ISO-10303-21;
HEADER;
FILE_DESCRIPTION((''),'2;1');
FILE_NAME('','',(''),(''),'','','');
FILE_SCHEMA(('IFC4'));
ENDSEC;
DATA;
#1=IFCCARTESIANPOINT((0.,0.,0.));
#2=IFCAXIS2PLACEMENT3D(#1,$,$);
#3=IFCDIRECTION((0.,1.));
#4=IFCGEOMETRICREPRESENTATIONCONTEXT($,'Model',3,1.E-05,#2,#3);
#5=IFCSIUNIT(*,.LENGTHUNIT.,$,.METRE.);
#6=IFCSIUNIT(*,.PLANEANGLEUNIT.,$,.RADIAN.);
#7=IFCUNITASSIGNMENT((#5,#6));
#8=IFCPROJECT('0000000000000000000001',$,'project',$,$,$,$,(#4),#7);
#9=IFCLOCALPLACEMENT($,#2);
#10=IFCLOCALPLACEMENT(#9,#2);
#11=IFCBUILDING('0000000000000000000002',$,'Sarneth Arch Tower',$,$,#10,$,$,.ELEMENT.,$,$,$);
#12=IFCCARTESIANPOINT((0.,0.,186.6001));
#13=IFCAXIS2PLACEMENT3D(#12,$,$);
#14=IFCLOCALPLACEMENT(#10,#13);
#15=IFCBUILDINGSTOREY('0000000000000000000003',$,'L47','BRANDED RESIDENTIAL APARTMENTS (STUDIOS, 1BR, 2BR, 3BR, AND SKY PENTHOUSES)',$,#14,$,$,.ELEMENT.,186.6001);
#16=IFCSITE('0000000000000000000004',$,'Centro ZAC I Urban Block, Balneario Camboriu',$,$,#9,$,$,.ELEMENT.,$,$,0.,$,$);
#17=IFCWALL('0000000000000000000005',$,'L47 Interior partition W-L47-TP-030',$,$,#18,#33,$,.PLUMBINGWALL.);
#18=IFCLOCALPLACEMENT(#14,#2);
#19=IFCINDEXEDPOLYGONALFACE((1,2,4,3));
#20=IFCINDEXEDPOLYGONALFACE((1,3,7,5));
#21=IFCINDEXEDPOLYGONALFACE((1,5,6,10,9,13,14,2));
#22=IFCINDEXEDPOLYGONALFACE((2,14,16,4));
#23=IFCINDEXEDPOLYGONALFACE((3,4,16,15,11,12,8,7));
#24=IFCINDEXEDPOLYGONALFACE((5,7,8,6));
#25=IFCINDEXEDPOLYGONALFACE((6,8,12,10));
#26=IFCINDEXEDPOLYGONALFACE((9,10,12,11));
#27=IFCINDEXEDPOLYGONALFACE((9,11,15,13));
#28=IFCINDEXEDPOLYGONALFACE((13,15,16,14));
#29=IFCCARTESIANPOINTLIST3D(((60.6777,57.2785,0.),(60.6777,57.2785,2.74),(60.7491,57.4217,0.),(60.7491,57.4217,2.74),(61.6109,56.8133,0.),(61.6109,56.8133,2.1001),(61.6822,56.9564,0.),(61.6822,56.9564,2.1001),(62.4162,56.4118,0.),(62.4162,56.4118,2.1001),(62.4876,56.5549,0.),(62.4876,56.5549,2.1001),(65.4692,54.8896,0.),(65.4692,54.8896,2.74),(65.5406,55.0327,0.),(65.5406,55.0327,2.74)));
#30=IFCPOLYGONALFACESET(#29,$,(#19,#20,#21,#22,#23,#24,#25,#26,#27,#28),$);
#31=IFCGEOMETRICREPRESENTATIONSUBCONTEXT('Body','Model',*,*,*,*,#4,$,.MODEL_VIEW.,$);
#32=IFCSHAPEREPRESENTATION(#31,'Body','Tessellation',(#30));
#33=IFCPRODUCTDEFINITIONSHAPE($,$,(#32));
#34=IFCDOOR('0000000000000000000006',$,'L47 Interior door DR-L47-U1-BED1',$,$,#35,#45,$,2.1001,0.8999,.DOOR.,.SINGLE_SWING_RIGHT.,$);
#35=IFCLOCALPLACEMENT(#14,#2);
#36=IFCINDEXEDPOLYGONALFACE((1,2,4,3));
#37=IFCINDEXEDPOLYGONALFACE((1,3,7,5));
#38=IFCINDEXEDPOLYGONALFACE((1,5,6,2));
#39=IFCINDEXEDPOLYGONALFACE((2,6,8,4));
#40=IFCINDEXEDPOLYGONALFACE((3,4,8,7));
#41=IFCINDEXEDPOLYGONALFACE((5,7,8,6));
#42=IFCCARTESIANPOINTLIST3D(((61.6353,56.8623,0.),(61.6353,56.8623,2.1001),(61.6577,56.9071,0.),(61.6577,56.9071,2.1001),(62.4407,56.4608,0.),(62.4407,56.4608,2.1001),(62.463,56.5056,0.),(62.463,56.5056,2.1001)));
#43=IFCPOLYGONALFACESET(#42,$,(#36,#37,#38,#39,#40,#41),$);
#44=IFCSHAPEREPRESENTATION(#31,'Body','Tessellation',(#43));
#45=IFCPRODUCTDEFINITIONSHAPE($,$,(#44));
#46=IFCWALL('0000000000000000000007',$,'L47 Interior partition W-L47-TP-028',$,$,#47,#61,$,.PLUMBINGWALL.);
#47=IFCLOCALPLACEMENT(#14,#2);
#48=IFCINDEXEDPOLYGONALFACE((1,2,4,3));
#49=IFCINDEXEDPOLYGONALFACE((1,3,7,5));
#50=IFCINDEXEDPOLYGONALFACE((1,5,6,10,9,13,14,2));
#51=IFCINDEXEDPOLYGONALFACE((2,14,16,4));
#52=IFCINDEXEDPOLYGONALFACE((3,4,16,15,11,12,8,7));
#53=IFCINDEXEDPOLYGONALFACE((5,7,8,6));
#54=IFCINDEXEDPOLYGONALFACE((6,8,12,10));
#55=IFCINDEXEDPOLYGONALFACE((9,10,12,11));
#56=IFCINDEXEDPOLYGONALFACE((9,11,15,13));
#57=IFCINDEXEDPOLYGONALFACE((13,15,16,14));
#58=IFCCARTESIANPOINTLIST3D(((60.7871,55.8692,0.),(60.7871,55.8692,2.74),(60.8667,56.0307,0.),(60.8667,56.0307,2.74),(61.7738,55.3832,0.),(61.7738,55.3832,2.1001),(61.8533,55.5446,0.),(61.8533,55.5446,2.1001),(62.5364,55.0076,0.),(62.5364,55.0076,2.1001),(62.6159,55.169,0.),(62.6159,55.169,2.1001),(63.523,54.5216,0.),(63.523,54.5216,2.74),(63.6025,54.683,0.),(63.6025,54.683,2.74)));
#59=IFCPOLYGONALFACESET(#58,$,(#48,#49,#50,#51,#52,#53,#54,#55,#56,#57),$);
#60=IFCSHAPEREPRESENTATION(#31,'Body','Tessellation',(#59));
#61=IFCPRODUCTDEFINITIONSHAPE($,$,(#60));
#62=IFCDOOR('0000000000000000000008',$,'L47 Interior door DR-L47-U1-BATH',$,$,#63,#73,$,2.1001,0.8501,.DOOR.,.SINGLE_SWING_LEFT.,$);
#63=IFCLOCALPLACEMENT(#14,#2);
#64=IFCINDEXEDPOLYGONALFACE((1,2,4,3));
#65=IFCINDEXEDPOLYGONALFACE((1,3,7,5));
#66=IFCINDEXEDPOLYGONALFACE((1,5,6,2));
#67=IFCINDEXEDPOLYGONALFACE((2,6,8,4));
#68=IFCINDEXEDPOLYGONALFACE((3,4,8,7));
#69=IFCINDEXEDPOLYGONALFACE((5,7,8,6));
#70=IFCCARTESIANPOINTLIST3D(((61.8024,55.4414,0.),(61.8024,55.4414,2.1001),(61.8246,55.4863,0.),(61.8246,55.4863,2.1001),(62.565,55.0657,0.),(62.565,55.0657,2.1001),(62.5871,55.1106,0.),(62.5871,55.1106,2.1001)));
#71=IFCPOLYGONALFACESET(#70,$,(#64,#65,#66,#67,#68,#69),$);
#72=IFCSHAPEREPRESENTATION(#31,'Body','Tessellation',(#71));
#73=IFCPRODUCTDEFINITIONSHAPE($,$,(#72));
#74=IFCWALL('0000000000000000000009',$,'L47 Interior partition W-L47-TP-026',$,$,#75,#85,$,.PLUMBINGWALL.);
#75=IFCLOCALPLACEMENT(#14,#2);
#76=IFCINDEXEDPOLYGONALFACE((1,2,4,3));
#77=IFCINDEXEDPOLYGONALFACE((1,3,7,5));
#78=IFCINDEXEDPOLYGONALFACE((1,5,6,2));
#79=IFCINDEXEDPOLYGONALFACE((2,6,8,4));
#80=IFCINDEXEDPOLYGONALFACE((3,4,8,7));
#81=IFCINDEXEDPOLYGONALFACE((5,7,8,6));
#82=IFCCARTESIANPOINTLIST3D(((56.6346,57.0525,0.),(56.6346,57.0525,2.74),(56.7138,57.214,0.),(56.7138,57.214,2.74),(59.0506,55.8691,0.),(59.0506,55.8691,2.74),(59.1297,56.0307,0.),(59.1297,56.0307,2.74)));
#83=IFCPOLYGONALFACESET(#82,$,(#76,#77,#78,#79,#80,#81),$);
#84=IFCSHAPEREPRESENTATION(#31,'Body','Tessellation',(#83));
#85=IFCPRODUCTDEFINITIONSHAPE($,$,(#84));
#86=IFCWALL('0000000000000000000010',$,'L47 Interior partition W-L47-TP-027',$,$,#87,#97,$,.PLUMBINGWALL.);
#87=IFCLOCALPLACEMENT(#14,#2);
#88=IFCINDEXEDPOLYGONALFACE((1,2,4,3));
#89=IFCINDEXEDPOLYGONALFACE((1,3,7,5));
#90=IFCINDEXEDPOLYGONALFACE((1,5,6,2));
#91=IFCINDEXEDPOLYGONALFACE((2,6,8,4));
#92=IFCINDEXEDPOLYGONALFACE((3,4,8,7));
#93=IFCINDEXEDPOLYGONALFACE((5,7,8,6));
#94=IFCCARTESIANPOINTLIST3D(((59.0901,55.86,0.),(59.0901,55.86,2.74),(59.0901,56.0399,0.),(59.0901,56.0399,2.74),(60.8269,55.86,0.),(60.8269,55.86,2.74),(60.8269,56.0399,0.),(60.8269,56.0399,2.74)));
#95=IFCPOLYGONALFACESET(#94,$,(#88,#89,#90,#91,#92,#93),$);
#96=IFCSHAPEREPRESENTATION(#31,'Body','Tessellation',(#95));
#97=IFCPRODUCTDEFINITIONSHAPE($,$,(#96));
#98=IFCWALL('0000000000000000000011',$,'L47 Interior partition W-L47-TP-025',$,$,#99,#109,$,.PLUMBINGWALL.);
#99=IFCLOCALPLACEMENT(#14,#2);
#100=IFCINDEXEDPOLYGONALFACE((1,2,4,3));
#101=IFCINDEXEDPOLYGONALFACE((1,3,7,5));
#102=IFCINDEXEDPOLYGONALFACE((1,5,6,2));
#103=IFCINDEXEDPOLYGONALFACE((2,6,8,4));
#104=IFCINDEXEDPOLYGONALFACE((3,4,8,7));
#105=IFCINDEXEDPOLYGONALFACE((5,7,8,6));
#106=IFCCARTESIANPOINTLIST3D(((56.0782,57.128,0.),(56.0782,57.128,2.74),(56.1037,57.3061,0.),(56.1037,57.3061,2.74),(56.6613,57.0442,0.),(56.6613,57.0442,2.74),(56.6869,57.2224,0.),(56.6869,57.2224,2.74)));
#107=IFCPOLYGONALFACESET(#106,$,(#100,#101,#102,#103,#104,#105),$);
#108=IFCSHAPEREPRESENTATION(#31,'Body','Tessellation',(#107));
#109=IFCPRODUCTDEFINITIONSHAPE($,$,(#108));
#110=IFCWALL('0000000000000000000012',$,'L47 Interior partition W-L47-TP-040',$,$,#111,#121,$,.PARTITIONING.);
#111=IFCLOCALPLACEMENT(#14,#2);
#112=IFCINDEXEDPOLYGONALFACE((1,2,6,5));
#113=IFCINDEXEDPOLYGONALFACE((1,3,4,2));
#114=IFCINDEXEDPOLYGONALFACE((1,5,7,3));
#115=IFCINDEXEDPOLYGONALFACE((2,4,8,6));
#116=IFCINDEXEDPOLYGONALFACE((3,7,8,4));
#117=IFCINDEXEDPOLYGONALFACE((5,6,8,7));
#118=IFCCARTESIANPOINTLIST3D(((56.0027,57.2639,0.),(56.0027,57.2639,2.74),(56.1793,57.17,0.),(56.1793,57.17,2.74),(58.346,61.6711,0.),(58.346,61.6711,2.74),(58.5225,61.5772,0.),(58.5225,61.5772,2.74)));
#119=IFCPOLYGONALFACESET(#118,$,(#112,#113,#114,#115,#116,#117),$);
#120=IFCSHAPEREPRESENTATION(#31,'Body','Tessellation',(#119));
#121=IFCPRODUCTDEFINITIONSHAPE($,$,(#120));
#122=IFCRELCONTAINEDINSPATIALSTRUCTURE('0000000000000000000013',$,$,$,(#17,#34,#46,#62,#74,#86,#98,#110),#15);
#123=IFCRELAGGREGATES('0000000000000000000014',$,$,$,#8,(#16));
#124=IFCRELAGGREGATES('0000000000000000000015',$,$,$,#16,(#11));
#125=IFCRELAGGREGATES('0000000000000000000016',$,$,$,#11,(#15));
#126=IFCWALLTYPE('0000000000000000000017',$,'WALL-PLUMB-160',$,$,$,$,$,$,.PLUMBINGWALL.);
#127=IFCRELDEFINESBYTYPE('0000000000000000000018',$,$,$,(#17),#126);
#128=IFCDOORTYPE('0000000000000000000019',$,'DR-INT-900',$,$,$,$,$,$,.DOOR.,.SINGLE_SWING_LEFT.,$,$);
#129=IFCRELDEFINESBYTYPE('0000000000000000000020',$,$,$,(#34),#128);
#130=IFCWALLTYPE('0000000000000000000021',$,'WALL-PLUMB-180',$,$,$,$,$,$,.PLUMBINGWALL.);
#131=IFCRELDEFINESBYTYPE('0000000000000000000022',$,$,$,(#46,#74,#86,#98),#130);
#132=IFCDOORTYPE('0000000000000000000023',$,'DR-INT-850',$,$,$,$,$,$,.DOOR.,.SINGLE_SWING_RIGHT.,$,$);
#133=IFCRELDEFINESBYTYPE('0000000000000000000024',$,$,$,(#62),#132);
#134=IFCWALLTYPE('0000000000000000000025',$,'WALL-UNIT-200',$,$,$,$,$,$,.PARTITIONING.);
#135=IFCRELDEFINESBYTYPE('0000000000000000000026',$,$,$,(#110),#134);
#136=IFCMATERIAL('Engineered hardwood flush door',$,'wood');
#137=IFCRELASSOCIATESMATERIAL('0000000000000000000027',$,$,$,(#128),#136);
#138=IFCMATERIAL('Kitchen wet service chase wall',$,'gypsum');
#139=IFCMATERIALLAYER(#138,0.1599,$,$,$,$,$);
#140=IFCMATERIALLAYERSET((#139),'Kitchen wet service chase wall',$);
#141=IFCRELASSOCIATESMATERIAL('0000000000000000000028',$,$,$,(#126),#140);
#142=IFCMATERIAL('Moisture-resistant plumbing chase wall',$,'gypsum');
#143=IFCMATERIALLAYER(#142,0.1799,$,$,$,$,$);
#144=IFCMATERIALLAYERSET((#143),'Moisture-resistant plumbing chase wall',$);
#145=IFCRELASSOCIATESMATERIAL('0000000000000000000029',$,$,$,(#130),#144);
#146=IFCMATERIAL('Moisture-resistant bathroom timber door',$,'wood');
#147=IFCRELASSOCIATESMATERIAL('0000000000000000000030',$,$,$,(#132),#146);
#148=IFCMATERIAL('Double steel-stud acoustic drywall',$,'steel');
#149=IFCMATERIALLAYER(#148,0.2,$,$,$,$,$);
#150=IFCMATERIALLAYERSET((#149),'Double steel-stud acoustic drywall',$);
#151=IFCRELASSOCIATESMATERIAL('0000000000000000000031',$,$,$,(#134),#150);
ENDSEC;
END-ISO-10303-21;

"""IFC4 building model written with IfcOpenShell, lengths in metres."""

from ifc_helpers import new_model, si_unit, direction, frame, frame_2d, origin, place, context, subcontext, project, spatial, rectangle, extrude, material, layer, layer_set, type_object, element, fill, save


model = new_model("IFC4")

# Units and contexts
model_context = context("Model", 3, precision=1e-05, world=origin(), true_north=direction((0.0, 1.0)))
body_context = subcontext(model_context, "Body", "Model", "MODEL_VIEW")
ifc_project = project(units=[si_unit("LENGTHUNIT", "METRE"), si_unit("PLANEANGLEUNIT", "RADIAN")], contexts=[model_context])

# Site, building, storey
site_placement = place(None, origin())
site = spatial("IfcSite", under=ifc_project, at=site_placement, Name="Centro ZAC I Urban Block, Balneario Camboriu", CompositionType="ELEMENT", RefElevation=0.0)
building_placement = place(site_placement, origin())
building = spatial("IfcBuilding", under=site, at=building_placement, Name="Sarneth Arch Tower", CompositionType="ELEMENT")
storey_placement = place(building_placement, frame((0.0, 0.0, 186.6001)))
storey = spatial("IfcBuildingStorey", under=building, at=storey_placement, Name="L47", Description="BRANDED RESIDENTIAL APARTMENTS (STUDIOS, 1BR, 2BR, 3BR, AND SKY PENTHOUSES)", CompositionType="ELEMENT", Elevation=186.6001)

# Shared definitions
ifc_material_1 = material(Name="Engineered hardwood flush door", Category="wood")
door_type_1 = type_object("IfcDoorType", Name="DR-INT-900", OperationType="SINGLE_SWING_LEFT", PredefinedType="DOOR", material=ifc_material_1)

# Shared definitions
ifc_material_2 = material(Name="Kitchen wet service chase wall", Category="gypsum")
ifc_layer_1 = layer(ifc_material_2, 0.1599)
ifc_layer_set_1 = layer_set([ifc_layer_1], Name="Kitchen wet service chase wall")
wall_type_1 = type_object("IfcWallType", Name="WALL-PLUMB-160", PredefinedType="PLUMBINGWALL", material=ifc_layer_set_1)

# Walls, openings, doors
wall_1_placement = place(storey_placement, frame((60.7134, 57.3501, 0.0), z_axis=(0.0, 0.0, 1.0), x_axis=(0.894937, -0.446192, 0.0)))
wall_1 = element("IfcWall", 1, at=wall_1_placement, inside=storey, type_object=wall_type_1, Name="L47 Interior partition W-L47-TP-030", PredefinedType="PLUMBINGWALL", context=body_context, shape_type="SweptSolid", body=[
    extrude(rectangle(XDim=5.354, YDim=0.1599, at=frame_2d((2.677, 0.0))), origin(), (0.0, 0.0, 1.0), 2.74),
])
opening_1_placement = place(wall_1_placement, frame((1.0427, 0.0, 0.0)))
opening_1 = element("IfcOpeningElement", 2, at=opening_1_placement, cuts=wall_1, PredefinedType="OPENING", context=body_context, shape_type="SweptSolid", body=[
    extrude(rectangle(XDim=0.8999, YDim=2.1001, at=frame_2d((0.45, 1.05))), frame((0.0, 0.0898, 0.0), z_axis=(0.0, -1.0, 0.0), x_axis=(1.0, 0.0, 0.0)), (0.0, 0.0, 1.0), 0.1799),
])
door_1_placement = place(opening_1_placement, origin())
door_1 = element("IfcDoor", 3, at=door_1_placement, inside=storey, type_object=door_type_1, Name="L47 Interior door DR-L47-U1-BED1", OperationType="SINGLE_SWING_RIGHT", OverallHeight=2.1001, OverallWidth=0.8999, PredefinedType="DOOR", context=body_context, shape_type="SweptSolid", body=[
    extrude(rectangle(XDim=0.8999, YDim=2.1001, at=frame_2d((0.45, 1.05))), frame((0.0, 0.0249, 0.0), z_axis=(0.0, -1.0, 0.0), x_axis=(1.0, 0.0, 0.0)), (0.0, 0.0, 1.0), 0.05),
])
fill(opening_1, door_1)
ifc_material_3 = material(Name="Moisture-resistant plumbing chase wall", Category="gypsum")
ifc_layer_2 = layer(ifc_material_3, 0.1799)
ifc_layer_set_2 = layer_set([ifc_layer_2], Name="Moisture-resistant plumbing chase wall")
wall_type_2 = type_object("IfcWallType", Name="WALL-PLUMB-180", PredefinedType="PLUMBINGWALL", material=ifc_layer_set_2)
wall_2_placement = place(storey_placement, frame((60.8269, 55.95, 0.0), z_axis=(0.0, 0.0, 1.0), x_axis=(0.897069, -0.44189, 0.0)))
wall_2 = element("IfcWall", 4, at=wall_2_placement, inside=storey, type_object=wall_type_2, Name="L47 Interior partition W-L47-TP-028", PredefinedType="PLUMBINGWALL", context=body_context, shape_type="SweptSolid", body=[
    extrude(rectangle(XDim=3.0498, YDim=0.1799, at=frame_2d((1.5249, 0.0))), origin(), (0.0, 0.0, 1.0), 2.74),
])
opening_2_placement = place(wall_2_placement, frame((1.0999, 0.0, 0.0)))
opening_2 = element("IfcOpeningElement", 5, at=opening_2_placement, cuts=wall_2, PredefinedType="OPENING", context=body_context, shape_type="SweptSolid", body=[
    extrude(rectangle(XDim=0.8501, YDim=2.1001, at=frame_2d((0.425, 1.05))), frame((0.0, 0.0999, 0.0), z_axis=(0.0, -1.0, 0.0), x_axis=(1.0, 0.0, 0.0)), (0.0, 0.0, 1.0), 0.2),
])
ifc_material_4 = material(Name="Moisture-resistant bathroom timber door", Category="wood")
door_type_2 = type_object("IfcDoorType", Name="DR-INT-850", OperationType="SINGLE_SWING_RIGHT", PredefinedType="DOOR", material=ifc_material_4)
door_2_placement = place(opening_2_placement, origin())
door_2 = element("IfcDoor", 6, at=door_2_placement, inside=storey, type_object=door_type_2, Name="L47 Interior door DR-L47-U1-BATH", OperationType="SINGLE_SWING_LEFT", OverallHeight=2.1001, OverallWidth=0.8501, PredefinedType="DOOR", context=body_context, shape_type="SweptSolid", body=[
    extrude(rectangle(XDim=0.8501, YDim=2.1001, at=frame_2d((0.425, 1.05))), frame((0.0, 0.0249, 0.0), z_axis=(0.0, -1.0, 0.0), x_axis=(1.0, 0.0, 0.0)), (0.0, 0.0, 1.0), 0.05),
])
fill(opening_2, door_2)

# Walls
wall_3_placement = place(storey_placement, frame((56.6741, 57.1333, 0.0), z_axis=(0.0, 0.0, 1.0), x_axis=(0.898063, -0.439866, 0.0)))
element("IfcWall", 7, at=wall_3_placement, inside=storey, type_object=wall_type_2, Name="L47 Interior partition W-L47-TP-026", PredefinedType="PLUMBINGWALL", context=body_context, shape_type="SweptSolid", body=[
    extrude(rectangle(XDim=2.6902, YDim=0.1799, at=frame_2d((1.3452, 0.0))), origin(), (0.0, 0.0, 1.0), 2.74),
])
wall_4_placement = place(storey_placement, frame((59.0901, 55.95, 0.0), z_axis=(0.0, 0.0, 1.0), x_axis=(1.0, 0.0, 0.0)))
element("IfcWall", 8, at=wall_4_placement, inside=storey, type_object=wall_type_2, Name="L47 Interior partition W-L47-TP-027", PredefinedType="PLUMBINGWALL", context=body_context, shape_type="SweptSolid", body=[
    extrude(rectangle(XDim=1.7368, YDim=0.1799, at=frame_2d((0.8684, 0.0))), origin(), (0.0, 0.0, 1.0), 2.74),
])
wall_5_placement = place(storey_placement, frame((56.0911, 57.217, 0.0), z_axis=(0.0, 0.0, 1.0), x_axis=(0.989841, -0.142176, 0.0)))
element("IfcWall", 9, at=wall_5_placement, inside=storey, type_object=wall_type_2, Name="L47 Interior partition W-L47-TP-025", PredefinedType="PLUMBINGWALL", context=body_context, shape_type="SweptSolid", body=[
    extrude(rectangle(XDim=0.5891, YDim=0.1799, at=frame_2d((0.2944, 0.0))), origin(), (0.0, 0.0, 1.0), 2.74),
])
ifc_material_5 = material(Name="Double steel-stud acoustic drywall", Category="steel")
ifc_layer_3 = layer(ifc_material_5, 0.2)
ifc_layer_set_3 = layer_set([ifc_layer_3], Name="Double steel-stud acoustic drywall")
wall_type_3 = type_object("IfcWallType", Name="WALL-UNIT-200", PredefinedType="PARTITIONING", material=ifc_layer_set_3)
wall_6_placement = place(storey_placement, frame((56.0911, 57.217, 0.0), z_axis=(0.0, 0.0, 1.0), x_axis=(0.469456, 0.882956, 0.0)))
element("IfcWall", 10, at=wall_6_placement, inside=storey, type_object=wall_type_3, Name="L47 Interior partition W-L47-TP-040", PredefinedType="PARTITIONING", context=body_context, shape_type="SweptSolid", body=[
    extrude(rectangle(XDim=4.9915, YDim=0.2, at=frame_2d((2.4956, 0.0))), origin(), (0.0, 0.0, 1.0), 2.74),
])

save(model, "model.ifc")
